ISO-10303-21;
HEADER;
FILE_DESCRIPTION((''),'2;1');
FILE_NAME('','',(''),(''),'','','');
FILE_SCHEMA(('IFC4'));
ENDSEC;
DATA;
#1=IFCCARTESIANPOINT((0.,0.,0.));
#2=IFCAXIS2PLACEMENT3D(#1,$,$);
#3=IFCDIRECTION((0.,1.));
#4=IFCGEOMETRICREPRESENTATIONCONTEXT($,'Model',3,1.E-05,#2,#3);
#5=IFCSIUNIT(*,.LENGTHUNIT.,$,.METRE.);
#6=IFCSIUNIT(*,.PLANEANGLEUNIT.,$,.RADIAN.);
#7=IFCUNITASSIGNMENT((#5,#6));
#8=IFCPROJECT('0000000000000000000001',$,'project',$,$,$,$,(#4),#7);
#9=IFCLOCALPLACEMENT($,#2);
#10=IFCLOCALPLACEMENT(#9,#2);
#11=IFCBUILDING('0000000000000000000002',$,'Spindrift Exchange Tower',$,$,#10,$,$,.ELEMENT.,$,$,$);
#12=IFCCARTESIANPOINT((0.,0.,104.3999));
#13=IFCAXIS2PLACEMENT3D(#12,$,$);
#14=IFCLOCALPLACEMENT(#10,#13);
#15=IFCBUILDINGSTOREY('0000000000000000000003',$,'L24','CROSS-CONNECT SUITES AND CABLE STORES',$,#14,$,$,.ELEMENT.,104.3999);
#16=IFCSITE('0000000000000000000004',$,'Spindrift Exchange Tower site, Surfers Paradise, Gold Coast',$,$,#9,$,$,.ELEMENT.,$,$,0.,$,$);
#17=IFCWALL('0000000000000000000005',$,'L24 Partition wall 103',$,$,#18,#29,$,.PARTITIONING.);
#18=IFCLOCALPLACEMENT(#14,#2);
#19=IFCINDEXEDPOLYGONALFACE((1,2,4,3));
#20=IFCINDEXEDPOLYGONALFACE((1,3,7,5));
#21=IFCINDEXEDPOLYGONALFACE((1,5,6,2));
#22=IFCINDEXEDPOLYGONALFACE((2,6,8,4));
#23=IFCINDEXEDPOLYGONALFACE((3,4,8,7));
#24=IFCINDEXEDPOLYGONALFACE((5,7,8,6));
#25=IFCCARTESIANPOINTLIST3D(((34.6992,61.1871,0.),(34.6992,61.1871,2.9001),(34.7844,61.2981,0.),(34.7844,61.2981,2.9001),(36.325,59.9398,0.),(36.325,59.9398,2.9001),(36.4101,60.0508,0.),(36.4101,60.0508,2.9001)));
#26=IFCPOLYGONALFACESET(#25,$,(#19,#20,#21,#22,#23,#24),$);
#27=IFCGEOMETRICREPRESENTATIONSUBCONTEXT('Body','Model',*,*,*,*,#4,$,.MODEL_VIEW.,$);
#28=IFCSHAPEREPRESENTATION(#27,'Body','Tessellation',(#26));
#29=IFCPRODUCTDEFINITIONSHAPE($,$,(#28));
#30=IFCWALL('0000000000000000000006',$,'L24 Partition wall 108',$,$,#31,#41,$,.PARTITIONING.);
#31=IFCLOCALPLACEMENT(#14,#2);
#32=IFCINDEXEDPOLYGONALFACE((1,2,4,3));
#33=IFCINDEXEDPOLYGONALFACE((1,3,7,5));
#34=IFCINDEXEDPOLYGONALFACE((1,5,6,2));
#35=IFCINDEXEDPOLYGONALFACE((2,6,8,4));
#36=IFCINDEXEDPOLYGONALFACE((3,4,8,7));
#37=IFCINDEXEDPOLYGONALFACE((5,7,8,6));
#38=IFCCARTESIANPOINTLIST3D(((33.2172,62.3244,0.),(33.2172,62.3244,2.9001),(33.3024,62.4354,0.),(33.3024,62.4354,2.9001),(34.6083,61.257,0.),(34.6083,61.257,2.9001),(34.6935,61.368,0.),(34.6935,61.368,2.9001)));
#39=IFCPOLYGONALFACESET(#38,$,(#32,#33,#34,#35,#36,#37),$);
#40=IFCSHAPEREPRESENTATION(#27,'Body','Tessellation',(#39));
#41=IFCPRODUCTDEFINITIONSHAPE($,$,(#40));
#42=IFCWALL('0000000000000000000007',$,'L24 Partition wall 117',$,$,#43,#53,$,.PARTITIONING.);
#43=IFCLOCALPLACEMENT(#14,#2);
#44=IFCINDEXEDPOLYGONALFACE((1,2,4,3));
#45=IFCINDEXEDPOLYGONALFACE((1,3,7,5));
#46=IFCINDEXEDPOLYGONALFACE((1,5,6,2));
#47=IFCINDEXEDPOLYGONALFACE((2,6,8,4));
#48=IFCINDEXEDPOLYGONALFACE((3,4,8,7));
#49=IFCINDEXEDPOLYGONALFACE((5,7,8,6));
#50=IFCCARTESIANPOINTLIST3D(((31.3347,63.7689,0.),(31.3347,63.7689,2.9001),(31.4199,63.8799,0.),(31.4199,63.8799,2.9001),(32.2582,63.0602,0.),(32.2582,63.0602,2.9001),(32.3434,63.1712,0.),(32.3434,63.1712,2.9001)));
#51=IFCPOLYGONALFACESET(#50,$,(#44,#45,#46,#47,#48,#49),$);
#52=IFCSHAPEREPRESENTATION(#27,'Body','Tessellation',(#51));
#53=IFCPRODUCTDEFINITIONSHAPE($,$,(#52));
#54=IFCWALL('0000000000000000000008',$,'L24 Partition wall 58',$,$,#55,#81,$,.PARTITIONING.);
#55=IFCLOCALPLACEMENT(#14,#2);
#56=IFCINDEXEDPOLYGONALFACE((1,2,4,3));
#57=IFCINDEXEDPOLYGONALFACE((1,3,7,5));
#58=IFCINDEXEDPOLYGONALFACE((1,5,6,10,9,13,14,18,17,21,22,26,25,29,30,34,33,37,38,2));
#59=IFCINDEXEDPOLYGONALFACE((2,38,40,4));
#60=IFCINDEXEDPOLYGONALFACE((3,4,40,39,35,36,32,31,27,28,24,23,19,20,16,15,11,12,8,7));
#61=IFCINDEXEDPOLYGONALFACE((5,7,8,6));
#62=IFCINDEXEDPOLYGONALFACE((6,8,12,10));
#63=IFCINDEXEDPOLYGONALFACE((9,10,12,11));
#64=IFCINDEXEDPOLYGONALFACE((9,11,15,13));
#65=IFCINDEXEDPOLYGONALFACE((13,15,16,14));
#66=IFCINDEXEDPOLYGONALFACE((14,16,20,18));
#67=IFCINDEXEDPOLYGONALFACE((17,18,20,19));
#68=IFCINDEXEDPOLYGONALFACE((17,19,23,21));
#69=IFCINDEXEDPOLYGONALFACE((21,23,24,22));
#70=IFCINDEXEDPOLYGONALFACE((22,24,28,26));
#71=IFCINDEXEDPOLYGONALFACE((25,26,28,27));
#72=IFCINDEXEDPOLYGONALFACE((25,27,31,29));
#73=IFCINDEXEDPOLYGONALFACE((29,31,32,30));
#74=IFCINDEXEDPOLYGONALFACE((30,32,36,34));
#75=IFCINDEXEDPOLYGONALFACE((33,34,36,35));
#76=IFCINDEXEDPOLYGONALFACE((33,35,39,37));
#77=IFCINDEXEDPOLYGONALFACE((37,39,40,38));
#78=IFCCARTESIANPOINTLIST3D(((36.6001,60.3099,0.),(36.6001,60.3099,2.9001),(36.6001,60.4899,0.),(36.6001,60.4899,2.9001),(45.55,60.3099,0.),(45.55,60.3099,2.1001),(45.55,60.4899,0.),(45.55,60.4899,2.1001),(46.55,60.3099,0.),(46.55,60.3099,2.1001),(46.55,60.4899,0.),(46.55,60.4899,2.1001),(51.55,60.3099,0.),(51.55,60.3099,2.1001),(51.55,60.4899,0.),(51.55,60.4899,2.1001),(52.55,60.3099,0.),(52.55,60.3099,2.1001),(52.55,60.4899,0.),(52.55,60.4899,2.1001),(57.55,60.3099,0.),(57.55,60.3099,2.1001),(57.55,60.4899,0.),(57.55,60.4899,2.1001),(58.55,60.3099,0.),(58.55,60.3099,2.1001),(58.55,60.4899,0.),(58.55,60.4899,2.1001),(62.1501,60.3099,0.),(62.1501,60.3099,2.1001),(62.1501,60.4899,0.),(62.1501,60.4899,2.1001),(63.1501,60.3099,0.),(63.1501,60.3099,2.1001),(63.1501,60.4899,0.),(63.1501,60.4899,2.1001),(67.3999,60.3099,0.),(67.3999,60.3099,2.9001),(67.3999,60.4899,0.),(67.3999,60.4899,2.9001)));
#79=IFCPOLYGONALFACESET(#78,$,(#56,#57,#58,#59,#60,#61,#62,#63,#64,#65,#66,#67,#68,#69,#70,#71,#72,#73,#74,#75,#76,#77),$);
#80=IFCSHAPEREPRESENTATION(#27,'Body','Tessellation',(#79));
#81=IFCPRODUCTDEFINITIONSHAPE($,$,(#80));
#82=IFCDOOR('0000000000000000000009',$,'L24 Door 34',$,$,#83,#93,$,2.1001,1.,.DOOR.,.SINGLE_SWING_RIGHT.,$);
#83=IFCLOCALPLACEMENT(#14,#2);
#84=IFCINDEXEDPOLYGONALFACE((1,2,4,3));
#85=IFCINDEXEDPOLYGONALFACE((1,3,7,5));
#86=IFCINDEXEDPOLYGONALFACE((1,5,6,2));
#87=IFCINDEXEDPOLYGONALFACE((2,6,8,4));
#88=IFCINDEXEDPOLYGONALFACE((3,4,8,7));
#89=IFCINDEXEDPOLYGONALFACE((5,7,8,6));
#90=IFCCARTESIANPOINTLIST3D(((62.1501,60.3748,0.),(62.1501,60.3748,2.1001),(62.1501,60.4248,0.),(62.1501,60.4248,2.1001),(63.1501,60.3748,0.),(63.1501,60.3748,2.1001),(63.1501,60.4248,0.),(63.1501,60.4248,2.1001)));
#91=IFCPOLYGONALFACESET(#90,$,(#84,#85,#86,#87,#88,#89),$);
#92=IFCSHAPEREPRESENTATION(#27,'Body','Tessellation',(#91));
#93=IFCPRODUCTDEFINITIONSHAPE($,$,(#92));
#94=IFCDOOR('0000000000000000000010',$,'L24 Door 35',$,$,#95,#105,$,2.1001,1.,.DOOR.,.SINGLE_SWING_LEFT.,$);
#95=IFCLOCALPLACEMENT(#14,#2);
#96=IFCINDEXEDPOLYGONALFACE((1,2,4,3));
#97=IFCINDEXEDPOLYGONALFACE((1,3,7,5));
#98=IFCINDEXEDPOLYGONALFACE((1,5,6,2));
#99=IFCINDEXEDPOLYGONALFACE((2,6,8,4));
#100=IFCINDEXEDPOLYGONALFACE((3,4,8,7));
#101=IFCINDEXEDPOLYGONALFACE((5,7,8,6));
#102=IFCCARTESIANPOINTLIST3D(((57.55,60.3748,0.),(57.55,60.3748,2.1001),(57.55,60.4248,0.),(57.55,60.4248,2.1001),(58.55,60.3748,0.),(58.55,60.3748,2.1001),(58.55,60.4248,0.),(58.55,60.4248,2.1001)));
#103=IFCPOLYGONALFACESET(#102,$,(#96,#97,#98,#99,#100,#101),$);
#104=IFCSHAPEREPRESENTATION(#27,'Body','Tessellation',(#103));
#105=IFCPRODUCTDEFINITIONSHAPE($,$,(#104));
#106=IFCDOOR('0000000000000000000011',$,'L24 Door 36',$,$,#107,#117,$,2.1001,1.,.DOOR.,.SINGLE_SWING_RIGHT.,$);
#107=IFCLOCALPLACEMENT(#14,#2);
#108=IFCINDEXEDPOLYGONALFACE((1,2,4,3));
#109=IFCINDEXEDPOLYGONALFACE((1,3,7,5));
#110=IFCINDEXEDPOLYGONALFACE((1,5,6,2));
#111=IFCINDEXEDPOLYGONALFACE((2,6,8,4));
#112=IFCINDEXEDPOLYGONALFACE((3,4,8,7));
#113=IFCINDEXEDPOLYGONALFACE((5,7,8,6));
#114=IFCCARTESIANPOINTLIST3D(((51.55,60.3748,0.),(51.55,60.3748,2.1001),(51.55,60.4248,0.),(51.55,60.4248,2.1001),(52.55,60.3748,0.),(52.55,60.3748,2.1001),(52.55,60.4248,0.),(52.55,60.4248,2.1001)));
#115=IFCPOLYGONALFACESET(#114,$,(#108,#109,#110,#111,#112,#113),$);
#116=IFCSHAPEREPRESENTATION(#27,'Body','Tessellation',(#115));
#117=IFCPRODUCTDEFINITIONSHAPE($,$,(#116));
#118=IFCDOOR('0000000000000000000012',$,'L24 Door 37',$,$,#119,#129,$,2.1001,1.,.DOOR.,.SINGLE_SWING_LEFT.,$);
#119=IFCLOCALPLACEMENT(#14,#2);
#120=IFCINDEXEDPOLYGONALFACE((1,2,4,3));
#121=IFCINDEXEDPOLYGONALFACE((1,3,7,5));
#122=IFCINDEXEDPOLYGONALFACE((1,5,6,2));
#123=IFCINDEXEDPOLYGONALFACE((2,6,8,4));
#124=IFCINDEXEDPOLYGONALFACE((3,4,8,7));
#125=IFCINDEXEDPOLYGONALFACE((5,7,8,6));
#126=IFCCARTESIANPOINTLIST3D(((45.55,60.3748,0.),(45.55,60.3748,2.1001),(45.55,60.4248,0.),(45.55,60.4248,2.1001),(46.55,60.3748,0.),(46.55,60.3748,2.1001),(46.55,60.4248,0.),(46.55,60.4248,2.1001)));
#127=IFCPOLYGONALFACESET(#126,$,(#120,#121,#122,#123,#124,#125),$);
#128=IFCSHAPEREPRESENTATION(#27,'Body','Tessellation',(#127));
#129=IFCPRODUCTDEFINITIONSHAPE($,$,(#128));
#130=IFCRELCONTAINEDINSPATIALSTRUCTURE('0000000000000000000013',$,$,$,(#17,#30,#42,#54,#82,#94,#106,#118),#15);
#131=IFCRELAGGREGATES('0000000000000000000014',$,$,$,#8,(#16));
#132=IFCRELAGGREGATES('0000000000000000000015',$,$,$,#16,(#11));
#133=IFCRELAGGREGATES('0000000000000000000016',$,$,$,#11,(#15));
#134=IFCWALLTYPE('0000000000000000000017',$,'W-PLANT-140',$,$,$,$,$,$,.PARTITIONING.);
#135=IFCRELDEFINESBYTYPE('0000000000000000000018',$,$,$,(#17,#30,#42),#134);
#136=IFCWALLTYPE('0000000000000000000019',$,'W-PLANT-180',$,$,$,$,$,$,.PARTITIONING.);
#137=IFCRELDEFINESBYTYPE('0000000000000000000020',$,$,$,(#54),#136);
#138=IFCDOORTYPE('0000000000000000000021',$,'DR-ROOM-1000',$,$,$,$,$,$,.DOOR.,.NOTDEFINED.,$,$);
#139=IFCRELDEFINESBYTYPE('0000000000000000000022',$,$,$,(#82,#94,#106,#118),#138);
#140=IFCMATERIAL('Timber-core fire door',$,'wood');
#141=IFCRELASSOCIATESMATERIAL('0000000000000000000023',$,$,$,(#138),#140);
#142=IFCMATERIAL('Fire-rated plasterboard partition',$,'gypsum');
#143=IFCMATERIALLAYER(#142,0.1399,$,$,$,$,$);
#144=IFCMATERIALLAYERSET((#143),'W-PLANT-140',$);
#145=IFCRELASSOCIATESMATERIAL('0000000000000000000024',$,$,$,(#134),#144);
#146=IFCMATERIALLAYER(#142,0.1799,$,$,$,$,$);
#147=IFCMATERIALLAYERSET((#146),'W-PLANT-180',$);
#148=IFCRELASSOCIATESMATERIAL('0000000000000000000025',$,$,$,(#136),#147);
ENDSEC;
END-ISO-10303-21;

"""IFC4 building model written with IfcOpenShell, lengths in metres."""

from ifc_helpers import new_model, si_unit, direction, frame, frame_2d, origin, place, context, subcontext, project, spatial, rectangle, extrude, source, transform, mapped, material, layer, layer_set, type_object, element, fill, save


model = new_model("IFC4")

# Units and contexts
model_context = context("Model", 3, precision=1e-05, world=origin(), true_north=direction((0.0, 1.0)))
body_context = subcontext(model_context, "Body", "Model", "MODEL_VIEW")
ifc_project = project(units=[si_unit("LENGTHUNIT", "METRE"), si_unit("PLANEANGLEUNIT", "RADIAN")], contexts=[model_context])

# Site, building, storey
site_placement = place(None, origin())
site = spatial("IfcSite", under=ifc_project, at=site_placement, Name="Spindrift Exchange Tower site, Surfers Paradise, Gold Coast", CompositionType="ELEMENT", RefElevation=0.0)
building_placement = place(site_placement, origin())
building = spatial("IfcBuilding", under=site, at=building_placement, Name="Spindrift Exchange Tower", CompositionType="ELEMENT")
storey_placement = place(building_placement, frame((0.0, 0.0, 104.3999)))
storey = spatial("IfcBuildingStorey", under=building, at=storey_placement, Name="L24", Description="CROSS-CONNECT SUITES AND CABLE STORES", CompositionType="ELEMENT", Elevation=104.3999)

# Shared definitions
ifc_material_1 = material(Name="Fire-rated plasterboard partition", Category="gypsum")
ifc_material_2 = material(Name="Timber-core fire door", Category="wood")
door_type = type_object("IfcDoorType", Name="DR-ROOM-1000", OperationType="NOTDEFINED", PredefinedType="DOOR", material=ifc_material_2)
shared_shape_1 = source(origin(), body_context, "Body", "SweptSolid", [
    extrude(rectangle(XDim=1.0, YDim=2.1001, at=frame_2d((0.5, 1.05))), frame((0.0, 0.0249, 0.0), z_axis=(0.0, -1.0, 0.0), x_axis=(1.0, 0.0, 0.0)), (0.0, 0.0, 1.0), 0.05),
])

# Walls
ifc_layer_1 = layer(ifc_material_1, 0.1399)
ifc_layer_set_1 = layer_set([ifc_layer_1], Name="W-PLANT-140")
wall_type_1 = type_object("IfcWallType", Name="W-PLANT-140", PredefinedType="PARTITIONING", material=ifc_layer_set_1)
wall_1_placement = place(storey_placement, frame((36.3674, 59.9954, 0.0), z_axis=(0.0, 0.0, 1.0), x_axis=(-0.79339, 0.608714, 0.0)))
element("IfcWall", 1, at=wall_1_placement, inside=storey, type_object=wall_type_1, Name="L24 Partition wall 103", PredefinedType="PARTITIONING", context=body_context, shape_type="SweptSolid", body=[
    extrude(rectangle(XDim=2.0491, YDim=0.1399, at=frame_2d((1.0244, 0.0))), origin(), (0.0, 0.0, 1.0), 2.9001),
])
wall_2_placement = place(storey_placement, frame((34.6509, 61.3125, 0.0), z_axis=(0.0, 0.0, 1.0), x_axis=(-0.793369, 0.608741, 0.0)))
element("IfcWall", 2, at=wall_2_placement, inside=storey, type_object=wall_type_1, Name="L24 Partition wall 108", PredefinedType="PARTITIONING", context=body_context, shape_type="SweptSolid", body=[
    extrude(rectangle(XDim=1.7534, YDim=0.1399, at=frame_2d((0.8767, 0.0))), origin(), (0.0, 0.0, 1.0), 2.9001),
])
wall_3_placement = place(storey_placement, frame((32.3008, 63.1157, 0.0), z_axis=(0.0, 0.0, 1.0), x_axis=(-0.793333, 0.608788, 0.0)))
element("IfcWall", 3, at=wall_3_placement, inside=storey, type_object=wall_type_1, Name="L24 Partition wall 117", PredefinedType="PARTITIONING", context=body_context, shape_type="SweptSolid", body=[
    extrude(rectangle(XDim=1.1641, YDim=0.1399, at=frame_2d((0.582, 0.0))), origin(), (0.0, 0.0, 1.0), 2.9001),
])

# Wall, openings, doors
ifc_layer_2 = layer(ifc_material_1, 0.1799)
ifc_layer_set_2 = layer_set([ifc_layer_2], Name="W-PLANT-180")
wall_type_2 = type_object("IfcWallType", Name="W-PLANT-180", PredefinedType="PARTITIONING", material=ifc_layer_set_2)
wall_4_placement = place(storey_placement, frame((36.6001, 60.3999, 0.0), z_axis=(0.0, 0.0, 1.0), x_axis=(1.0, 0.0, 0.0)))
wall_4 = element("IfcWall", 4, at=wall_4_placement, inside=storey, type_object=wall_type_2, Name="L24 Partition wall 58", PredefinedType="PARTITIONING", context=body_context, shape_type="SweptSolid", body=[
    extrude(rectangle(XDim=30.7998, YDim=0.1799, at=frame_2d((15.3999, 0.0))), origin(), (0.0, 0.0, 1.0), 2.9001),
])
opening_1_placement = place(wall_4_placement, frame((25.55, 0.0, 0.0)))
opening_1 = element("IfcOpeningElement", 5, at=opening_1_placement, cuts=wall_4, PredefinedType="OPENING", context=body_context, shape_type="SweptSolid", body=[
    extrude(rectangle(XDim=1.0, YDim=2.1001, at=frame_2d((0.5, 1.05))), frame((0.0, 0.0999, 0.0), z_axis=(0.0, -1.0, 0.0), x_axis=(1.0, 0.0, 0.0)), (0.0, 0.0, 1.0), 0.2),
])
opening_2_placement = place(wall_4_placement, frame((20.95, 0.0, 0.0)))
opening_2 = element("IfcOpeningElement", 6, at=opening_2_placement, cuts=wall_4, PredefinedType="OPENING", context=body_context, shape_type="SweptSolid", body=[
    extrude(rectangle(XDim=1.0, YDim=2.1001, at=frame_2d((0.5, 1.05))), frame((0.0, 0.0999, 0.0), z_axis=(0.0, -1.0, 0.0), x_axis=(1.0, 0.0, 0.0)), (0.0, 0.0, 1.0), 0.2),
])
opening_3_placement = place(wall_4_placement, frame((14.95, 0.0, 0.0)))
opening_3 = element("IfcOpeningElement", 7, at=opening_3_placement, cuts=wall_4, PredefinedType="OPENING", context=body_context, shape_type="SweptSolid", body=[
    extrude(rectangle(XDim=1.0, YDim=2.1001, at=frame_2d((0.5, 1.05))), frame((0.0, 0.0999, 0.0), z_axis=(0.0, -1.0, 0.0), x_axis=(1.0, 0.0, 0.0)), (0.0, 0.0, 1.0), 0.2),
])
opening_4_placement = place(wall_4_placement, frame((8.95, 0.0, 0.0)))
opening_4 = element("IfcOpeningElement", 8, at=opening_4_placement, cuts=wall_4, PredefinedType="OPENING", context=body_context, shape_type="SweptSolid", body=[
    extrude(rectangle(XDim=1.0, YDim=2.1001, at=frame_2d((0.5, 1.05))), frame((0.0, 0.0999, 0.0), z_axis=(0.0, -1.0, 0.0), x_axis=(1.0, 0.0, 0.0)), (0.0, 0.0, 1.0), 0.2),
])
door_1_placement = place(opening_1_placement, origin())
door_1 = element("IfcDoor", 9, at=door_1_placement, inside=storey, type_object=door_type, Name="L24 Door 34", OperationType="SINGLE_SWING_RIGHT", OverallHeight=2.1001, OverallWidth=1.0, PredefinedType="DOOR", context=body_context, shape_type="MappedRepresentation", body=[
    mapped(shared_shape_1, transform((0.0, 0.0, 0.0), scale=1.0)),
])
fill(opening_1, door_1)
door_2_placement = place(opening_2_placement, origin())
door_2 = element("IfcDoor", 10, at=door_2_placement, inside=storey, type_object=door_type, Name="L24 Door 35", OperationType="SINGLE_SWING_LEFT", OverallHeight=2.1001, OverallWidth=1.0, PredefinedType="DOOR", context=body_context, shape_type="MappedRepresentation", body=[
    mapped(shared_shape_1, transform((0.0, 0.0, 0.0), scale=1.0)),
])
fill(opening_2, door_2)
door_3_placement = place(opening_3_placement, origin())
door_3 = element("IfcDoor", 11, at=door_3_placement, inside=storey, type_object=door_type, Name="L24 Door 36", OperationType="SINGLE_SWING_RIGHT", OverallHeight=2.1001, OverallWidth=1.0, PredefinedType="DOOR", context=body_context, shape_type="MappedRepresentation", body=[
    mapped(shared_shape_1, transform((0.0, 0.0, 0.0), scale=1.0)),
])
fill(opening_3, door_3)
door_4_placement = place(opening_4_placement, origin())
door_4 = element("IfcDoor", 12, at=door_4_placement, inside=storey, type_object=door_type, Name="L24 Door 37", OperationType="SINGLE_SWING_LEFT", OverallHeight=2.1001, OverallWidth=1.0, PredefinedType="DOOR", context=body_context, shape_type="MappedRepresentation", body=[
    mapped(shared_shape_1, transform((0.0, 0.0, 0.0), scale=1.0)),
])
fill(opening_4, door_4)

save(model, "model.ifc")
